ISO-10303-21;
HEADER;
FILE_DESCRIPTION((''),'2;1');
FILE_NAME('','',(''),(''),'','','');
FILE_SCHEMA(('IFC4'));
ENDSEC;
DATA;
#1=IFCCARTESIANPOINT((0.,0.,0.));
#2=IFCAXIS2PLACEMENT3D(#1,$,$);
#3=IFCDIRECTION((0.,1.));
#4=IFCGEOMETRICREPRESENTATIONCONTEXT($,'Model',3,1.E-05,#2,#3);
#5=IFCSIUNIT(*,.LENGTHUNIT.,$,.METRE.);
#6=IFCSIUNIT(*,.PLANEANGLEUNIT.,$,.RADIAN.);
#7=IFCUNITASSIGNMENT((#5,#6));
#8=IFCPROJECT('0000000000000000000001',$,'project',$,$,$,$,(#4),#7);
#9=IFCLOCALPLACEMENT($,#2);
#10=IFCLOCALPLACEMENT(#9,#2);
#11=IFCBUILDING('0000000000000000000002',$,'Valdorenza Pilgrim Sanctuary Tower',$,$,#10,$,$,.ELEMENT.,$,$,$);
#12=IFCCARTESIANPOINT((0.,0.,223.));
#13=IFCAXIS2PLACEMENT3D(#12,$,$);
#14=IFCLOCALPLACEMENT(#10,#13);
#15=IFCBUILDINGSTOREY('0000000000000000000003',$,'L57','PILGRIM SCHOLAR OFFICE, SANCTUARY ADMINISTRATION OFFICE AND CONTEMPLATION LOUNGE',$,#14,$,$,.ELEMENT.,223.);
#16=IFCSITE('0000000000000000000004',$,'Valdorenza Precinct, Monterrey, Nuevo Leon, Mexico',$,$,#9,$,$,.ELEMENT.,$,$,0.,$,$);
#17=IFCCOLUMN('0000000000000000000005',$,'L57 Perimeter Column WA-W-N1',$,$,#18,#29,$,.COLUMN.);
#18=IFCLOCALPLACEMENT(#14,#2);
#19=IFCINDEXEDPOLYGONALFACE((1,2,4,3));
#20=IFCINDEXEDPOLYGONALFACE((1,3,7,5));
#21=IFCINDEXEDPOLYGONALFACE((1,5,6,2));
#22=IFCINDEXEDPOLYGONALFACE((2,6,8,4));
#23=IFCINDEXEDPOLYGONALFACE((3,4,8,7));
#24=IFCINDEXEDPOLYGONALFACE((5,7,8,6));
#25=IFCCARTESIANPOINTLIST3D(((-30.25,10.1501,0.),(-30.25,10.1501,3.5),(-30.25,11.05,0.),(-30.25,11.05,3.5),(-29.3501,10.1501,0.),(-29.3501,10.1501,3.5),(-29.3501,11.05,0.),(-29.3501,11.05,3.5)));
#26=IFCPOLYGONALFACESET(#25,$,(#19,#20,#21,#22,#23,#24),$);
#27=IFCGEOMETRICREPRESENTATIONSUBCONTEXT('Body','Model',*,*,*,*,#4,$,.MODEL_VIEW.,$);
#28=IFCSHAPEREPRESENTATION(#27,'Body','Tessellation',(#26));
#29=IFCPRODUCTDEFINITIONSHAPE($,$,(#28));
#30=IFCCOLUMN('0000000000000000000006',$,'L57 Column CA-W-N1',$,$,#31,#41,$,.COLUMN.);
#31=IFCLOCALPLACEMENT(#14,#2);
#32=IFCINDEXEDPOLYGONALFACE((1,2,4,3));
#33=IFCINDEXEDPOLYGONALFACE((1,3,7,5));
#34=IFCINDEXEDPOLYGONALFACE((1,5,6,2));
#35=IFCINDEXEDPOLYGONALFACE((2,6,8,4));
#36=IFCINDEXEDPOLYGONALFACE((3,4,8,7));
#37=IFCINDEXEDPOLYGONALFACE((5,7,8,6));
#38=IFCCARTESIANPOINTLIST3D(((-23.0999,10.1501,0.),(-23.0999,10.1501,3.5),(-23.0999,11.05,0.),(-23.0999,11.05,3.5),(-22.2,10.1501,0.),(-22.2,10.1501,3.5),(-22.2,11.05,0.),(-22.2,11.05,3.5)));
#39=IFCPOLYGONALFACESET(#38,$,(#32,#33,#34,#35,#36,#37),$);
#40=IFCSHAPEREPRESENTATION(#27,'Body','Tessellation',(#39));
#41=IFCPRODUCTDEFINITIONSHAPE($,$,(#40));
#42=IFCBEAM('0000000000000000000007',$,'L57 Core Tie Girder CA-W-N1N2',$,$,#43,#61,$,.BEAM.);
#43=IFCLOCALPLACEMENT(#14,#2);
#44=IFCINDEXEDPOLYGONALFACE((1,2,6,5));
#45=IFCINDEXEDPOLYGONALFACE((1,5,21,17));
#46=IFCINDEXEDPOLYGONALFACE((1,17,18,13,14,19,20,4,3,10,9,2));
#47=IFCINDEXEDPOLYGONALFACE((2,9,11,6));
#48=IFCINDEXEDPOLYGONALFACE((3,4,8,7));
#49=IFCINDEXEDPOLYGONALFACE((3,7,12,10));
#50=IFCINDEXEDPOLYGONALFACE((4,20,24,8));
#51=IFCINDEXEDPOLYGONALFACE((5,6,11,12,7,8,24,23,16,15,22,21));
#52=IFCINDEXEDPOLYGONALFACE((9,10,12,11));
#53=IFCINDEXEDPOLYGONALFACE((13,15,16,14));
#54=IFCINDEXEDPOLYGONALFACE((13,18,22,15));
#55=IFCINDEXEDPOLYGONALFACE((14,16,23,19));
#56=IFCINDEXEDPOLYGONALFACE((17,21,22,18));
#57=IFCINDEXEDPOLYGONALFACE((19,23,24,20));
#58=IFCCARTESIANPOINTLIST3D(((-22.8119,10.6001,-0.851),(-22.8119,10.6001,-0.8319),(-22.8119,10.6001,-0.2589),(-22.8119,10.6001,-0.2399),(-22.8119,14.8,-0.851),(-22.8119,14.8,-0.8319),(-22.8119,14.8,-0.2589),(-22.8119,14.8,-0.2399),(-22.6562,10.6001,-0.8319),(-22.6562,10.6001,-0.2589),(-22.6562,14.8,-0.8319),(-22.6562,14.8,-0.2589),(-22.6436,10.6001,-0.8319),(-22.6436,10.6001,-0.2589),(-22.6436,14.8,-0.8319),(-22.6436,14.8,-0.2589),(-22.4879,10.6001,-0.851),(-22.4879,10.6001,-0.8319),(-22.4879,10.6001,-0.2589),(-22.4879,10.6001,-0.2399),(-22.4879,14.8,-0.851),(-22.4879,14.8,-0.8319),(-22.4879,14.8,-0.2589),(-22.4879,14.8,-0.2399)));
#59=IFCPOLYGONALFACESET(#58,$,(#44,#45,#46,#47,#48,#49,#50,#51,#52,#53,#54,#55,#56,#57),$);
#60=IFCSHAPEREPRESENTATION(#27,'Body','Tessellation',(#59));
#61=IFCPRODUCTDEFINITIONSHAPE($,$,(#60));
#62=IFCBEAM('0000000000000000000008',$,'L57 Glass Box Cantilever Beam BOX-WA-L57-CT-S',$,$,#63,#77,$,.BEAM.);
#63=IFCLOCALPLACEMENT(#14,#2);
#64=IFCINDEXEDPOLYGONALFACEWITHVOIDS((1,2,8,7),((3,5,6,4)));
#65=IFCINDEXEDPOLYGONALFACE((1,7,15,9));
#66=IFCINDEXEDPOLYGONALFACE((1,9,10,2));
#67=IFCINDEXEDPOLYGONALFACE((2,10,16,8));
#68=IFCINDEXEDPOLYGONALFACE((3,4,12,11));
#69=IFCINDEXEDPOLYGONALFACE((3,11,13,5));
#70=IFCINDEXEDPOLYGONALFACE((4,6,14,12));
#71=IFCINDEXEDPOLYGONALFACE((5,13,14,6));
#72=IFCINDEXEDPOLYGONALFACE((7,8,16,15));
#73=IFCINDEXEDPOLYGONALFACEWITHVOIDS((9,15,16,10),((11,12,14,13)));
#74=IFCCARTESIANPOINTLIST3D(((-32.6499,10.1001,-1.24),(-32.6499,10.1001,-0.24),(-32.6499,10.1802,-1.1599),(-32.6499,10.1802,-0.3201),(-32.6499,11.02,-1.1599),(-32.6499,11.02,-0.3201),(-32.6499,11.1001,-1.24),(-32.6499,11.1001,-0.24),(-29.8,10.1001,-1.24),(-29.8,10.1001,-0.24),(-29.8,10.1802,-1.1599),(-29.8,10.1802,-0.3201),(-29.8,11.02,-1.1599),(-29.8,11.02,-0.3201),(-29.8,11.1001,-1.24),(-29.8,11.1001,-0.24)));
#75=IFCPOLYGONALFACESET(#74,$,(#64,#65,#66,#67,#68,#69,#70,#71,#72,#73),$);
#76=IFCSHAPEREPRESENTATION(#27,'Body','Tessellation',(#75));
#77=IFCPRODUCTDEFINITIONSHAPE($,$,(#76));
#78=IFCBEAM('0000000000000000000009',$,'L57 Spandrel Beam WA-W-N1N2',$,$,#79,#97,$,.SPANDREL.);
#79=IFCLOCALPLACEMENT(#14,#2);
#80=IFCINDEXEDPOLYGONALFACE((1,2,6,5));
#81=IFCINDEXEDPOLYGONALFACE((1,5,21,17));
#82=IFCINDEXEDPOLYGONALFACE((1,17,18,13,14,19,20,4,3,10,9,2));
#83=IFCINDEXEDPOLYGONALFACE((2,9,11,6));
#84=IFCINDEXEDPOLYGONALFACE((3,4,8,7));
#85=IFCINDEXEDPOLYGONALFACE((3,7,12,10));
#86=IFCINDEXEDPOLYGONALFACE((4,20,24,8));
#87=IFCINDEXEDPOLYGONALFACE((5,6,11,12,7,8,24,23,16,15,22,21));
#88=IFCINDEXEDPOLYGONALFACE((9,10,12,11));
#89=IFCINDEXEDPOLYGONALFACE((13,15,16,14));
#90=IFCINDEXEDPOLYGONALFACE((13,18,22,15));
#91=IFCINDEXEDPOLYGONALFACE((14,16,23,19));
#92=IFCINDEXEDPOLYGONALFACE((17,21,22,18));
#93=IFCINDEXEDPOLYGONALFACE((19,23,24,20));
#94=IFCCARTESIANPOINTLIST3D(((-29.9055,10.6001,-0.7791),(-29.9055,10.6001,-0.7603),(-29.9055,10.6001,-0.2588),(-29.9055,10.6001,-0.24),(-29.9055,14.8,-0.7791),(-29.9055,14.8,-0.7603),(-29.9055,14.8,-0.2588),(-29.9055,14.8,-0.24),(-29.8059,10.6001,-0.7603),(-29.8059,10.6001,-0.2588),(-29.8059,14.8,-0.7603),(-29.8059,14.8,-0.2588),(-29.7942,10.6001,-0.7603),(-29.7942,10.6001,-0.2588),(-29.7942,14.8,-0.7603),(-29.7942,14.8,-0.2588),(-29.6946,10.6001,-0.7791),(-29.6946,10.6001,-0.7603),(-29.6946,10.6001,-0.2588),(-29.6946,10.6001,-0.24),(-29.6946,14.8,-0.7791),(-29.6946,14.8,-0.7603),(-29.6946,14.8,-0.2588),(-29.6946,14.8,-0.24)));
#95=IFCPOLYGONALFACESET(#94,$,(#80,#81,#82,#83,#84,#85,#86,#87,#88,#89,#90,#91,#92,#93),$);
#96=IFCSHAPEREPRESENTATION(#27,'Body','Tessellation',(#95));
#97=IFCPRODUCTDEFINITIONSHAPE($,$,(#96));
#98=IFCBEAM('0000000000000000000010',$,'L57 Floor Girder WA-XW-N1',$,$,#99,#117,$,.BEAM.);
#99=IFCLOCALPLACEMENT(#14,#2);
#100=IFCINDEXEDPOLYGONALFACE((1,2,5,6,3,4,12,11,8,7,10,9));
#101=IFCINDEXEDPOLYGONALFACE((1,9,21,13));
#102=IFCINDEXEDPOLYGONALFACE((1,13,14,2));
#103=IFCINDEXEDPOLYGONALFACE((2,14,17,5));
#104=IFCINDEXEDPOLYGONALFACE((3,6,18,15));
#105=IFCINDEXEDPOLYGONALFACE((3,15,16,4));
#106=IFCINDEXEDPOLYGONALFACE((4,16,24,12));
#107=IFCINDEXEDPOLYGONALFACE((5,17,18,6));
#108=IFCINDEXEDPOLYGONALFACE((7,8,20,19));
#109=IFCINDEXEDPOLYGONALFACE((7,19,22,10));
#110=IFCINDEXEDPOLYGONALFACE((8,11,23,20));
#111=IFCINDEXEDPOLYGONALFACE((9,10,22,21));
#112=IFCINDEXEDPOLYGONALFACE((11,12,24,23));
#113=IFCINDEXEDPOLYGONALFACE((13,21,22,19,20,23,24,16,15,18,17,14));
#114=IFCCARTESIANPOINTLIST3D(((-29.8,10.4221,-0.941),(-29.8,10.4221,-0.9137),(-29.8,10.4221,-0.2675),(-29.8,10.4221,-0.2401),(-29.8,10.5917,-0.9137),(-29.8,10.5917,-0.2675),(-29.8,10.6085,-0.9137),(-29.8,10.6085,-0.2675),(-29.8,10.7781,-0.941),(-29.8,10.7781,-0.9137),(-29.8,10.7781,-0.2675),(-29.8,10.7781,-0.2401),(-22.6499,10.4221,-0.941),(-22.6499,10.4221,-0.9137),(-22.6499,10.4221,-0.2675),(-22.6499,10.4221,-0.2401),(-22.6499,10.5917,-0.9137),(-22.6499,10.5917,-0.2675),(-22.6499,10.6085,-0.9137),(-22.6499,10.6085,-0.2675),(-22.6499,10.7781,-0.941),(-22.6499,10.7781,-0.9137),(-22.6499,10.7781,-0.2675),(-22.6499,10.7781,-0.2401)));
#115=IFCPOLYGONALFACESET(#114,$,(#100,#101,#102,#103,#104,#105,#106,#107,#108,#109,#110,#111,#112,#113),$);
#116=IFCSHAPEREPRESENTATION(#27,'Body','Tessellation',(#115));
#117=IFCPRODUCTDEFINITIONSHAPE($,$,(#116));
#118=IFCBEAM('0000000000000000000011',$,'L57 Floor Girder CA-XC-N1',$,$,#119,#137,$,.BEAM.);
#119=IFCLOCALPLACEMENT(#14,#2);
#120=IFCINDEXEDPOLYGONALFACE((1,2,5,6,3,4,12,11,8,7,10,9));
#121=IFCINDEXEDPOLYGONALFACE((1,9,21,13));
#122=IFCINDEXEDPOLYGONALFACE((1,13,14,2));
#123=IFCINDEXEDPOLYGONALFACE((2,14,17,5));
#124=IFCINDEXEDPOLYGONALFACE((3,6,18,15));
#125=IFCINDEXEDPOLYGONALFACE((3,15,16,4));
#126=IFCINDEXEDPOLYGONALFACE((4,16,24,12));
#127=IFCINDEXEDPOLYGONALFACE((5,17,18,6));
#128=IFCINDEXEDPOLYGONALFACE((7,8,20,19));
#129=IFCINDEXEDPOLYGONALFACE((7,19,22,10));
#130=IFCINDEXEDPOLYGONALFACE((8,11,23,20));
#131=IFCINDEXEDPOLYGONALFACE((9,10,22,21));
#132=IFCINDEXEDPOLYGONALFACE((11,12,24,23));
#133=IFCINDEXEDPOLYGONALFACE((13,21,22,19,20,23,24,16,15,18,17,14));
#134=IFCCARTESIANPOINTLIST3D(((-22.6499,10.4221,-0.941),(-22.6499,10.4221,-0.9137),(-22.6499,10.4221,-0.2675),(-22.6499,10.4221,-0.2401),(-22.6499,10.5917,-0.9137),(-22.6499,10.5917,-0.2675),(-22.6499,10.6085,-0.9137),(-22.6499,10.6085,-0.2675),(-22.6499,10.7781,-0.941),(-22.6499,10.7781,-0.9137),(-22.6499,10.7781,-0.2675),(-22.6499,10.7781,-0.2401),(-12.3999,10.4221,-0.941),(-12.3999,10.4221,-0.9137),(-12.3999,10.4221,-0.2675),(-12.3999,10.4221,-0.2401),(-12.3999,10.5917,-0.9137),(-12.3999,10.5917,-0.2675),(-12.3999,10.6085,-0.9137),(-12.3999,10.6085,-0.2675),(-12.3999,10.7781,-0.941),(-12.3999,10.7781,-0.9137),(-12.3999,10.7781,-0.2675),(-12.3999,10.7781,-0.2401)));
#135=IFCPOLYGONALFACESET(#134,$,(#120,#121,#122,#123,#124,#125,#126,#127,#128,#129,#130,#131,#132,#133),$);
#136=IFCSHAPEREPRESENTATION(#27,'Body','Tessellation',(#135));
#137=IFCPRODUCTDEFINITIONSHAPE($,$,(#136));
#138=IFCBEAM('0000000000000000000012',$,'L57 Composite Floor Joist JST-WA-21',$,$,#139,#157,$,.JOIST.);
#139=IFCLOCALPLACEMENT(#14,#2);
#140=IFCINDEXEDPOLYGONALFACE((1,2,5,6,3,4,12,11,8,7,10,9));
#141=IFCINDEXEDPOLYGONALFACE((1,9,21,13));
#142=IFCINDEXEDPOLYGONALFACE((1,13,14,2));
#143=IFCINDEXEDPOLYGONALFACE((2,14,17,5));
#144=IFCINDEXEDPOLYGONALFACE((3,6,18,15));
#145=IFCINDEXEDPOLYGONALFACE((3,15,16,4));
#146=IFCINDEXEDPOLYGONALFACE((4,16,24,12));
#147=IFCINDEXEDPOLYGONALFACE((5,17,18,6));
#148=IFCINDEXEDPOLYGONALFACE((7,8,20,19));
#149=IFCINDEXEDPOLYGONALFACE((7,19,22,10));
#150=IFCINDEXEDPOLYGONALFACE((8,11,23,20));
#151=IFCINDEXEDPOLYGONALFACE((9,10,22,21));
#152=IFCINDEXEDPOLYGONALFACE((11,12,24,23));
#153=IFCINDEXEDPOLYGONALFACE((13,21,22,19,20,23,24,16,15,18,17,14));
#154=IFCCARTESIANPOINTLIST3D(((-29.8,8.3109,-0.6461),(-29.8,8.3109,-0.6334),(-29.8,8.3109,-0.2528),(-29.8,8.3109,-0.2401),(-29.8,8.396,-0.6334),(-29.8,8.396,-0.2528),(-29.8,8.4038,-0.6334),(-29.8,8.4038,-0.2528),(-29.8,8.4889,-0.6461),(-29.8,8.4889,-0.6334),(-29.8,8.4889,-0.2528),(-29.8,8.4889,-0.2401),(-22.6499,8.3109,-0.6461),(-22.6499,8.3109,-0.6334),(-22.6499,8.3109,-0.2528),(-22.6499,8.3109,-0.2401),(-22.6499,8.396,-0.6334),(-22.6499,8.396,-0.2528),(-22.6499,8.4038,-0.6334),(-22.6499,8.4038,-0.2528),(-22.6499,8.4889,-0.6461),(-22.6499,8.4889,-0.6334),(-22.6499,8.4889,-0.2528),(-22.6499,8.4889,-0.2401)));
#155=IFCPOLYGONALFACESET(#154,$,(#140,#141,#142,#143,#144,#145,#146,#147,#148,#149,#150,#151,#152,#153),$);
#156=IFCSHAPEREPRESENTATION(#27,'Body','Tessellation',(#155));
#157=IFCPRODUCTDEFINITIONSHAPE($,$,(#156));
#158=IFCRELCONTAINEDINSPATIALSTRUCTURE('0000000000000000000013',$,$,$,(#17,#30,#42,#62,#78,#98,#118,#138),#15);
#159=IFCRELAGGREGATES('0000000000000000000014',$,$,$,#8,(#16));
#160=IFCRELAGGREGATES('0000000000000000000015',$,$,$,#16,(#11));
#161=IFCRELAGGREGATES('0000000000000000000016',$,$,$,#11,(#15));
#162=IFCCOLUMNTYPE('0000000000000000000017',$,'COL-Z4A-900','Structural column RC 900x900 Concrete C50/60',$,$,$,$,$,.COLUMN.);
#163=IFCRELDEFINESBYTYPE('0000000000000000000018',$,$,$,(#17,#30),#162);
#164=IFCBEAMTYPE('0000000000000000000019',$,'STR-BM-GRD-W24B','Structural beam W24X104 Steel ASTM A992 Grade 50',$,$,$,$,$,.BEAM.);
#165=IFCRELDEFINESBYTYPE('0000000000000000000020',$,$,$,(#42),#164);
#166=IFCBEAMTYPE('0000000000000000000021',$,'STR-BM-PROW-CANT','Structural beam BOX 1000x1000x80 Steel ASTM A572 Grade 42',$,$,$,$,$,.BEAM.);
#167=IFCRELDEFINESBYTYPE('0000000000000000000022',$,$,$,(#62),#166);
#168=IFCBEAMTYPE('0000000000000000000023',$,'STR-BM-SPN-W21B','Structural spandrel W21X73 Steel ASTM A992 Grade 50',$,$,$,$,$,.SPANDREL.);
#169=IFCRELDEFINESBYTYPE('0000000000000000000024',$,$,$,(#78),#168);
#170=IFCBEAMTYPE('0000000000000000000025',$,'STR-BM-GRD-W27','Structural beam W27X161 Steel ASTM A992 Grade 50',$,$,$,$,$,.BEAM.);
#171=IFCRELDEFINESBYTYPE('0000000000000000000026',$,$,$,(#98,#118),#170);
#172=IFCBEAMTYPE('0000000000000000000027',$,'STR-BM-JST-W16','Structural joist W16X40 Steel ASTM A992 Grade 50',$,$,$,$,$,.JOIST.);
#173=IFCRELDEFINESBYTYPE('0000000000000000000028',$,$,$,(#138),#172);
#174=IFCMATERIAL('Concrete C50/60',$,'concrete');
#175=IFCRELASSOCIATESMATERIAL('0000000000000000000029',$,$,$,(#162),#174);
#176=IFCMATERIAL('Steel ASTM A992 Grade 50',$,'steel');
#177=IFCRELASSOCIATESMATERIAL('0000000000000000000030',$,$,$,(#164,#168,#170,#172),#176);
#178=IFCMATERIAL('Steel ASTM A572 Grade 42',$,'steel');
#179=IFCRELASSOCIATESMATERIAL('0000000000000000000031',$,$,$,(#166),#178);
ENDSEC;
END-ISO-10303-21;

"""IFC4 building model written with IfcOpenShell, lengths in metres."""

from ifc_helpers import new_model, si_unit, direction, frame, origin, origin_2d, place, context, subcontext, project, spatial, rectangle, hollow_rectangle, i_section, extrude, source, transform, mapped, material, material_profile, profile_set, type_object, element, save


model = new_model("IFC4")

# Units and contexts
model_context = context("Model", 3, precision=1e-05, world=origin(), true_north=direction((0.0, 1.0)))
body_context = subcontext(model_context, "Body", "Model", "MODEL_VIEW")
ifc_project = project(units=[si_unit("LENGTHUNIT", "METRE"), si_unit("PLANEANGLEUNIT", "RADIAN")], contexts=[model_context])

# Site, building, storey
site_placement = place(None, origin())
site = spatial("IfcSite", under=ifc_project, at=site_placement, Name="Valdorenza Precinct, Monterrey, Nuevo Leon, Mexico", CompositionType="ELEMENT", RefElevation=0.0)
building_placement = place(site_placement, origin())
building = spatial("IfcBuilding", under=site, at=building_placement, Name="Valdorenza Pilgrim Sanctuary Tower", CompositionType="ELEMENT")
storey_placement = place(building_placement, frame((0.0, 0.0, 223.0)))
storey = spatial("IfcBuildingStorey", under=building, at=storey_placement, Name="L57", Description="PILGRIM SCHOLAR OFFICE, SANCTUARY ADMINISTRATION OFFICE AND CONTEMPLATION LOUNGE", CompositionType="ELEMENT", Elevation=223.0)

# Columns
ifc_material_1 = material(Name="Concrete C50/60", Category="concrete")
ifc_material_profile_1 = material_profile(ifc_material_1, rectangle(XDim=0.8999, YDim=0.8999, at=origin_2d()), Name="RC 900x900")
ifc_profile_set_1 = profile_set([ifc_material_profile_1], Name="Concrete C50/60")
column_type = type_object("IfcColumnType", Name="COL-Z4A-900", Description="Structural column RC 900x900 Concrete C50/60", PredefinedType="COLUMN", material=ifc_profile_set_1)
shared_shape_1 = source(origin(), body_context, "Body", "SweptSolid", [
    extrude(rectangle(XDim=0.8999, YDim=0.8999, at=origin_2d()), origin(), (0.0, 0.0, 1.0), 3.5),
])
for number, where, z_axis, x_axis, name in (
    (1, (-29.8, 10.6001, 0.0), (0.0, 0.0, 1.0), (1.0, 0.0, 0.0), "L57 Perimeter Column WA-W-N1"),
    (2, (-22.6499, 10.6001, 0.0), (0.0, 0.0, 1.0), (1.0, 0.0, 0.0), "L57 Column CA-W-N1"),
):
    element("IfcColumn", number, at=place(storey_placement, frame(where, z_axis=z_axis, x_axis=x_axis)), inside=storey, type_object=column_type, Name=name, PredefinedType="COLUMN", context=body_context, shape_type="MappedRepresentation", body=[
        mapped(shared_shape_1, transform((0.0, 0.0, 0.0), x_axis=(1.0, 0.0, 0.0), y_axis=(0.0, 1.0, 0.0), z_axis=(0.0, 0.0, 1.0), scale=1.0)),
    ])

# Beams
ifc_material_2 = material(Name="Steel ASTM A992 Grade 50", Category="steel")
ifc_material_profile_2 = material_profile(ifc_material_2, i_section(OverallWidth=0.324, OverallDepth=0.6111, WebThickness=0.0127, FlangeThickness=0.019, at=origin_2d()), Name="W24X104")
ifc_profile_set_2 = profile_set([ifc_material_profile_2], Name="Steel ASTM A992 Grade 50")
beam_type_1 = type_object("IfcBeamType", Name="STR-BM-GRD-W24B", Description="Structural beam W24X104 Steel ASTM A992 Grade 50", PredefinedType="BEAM", material=ifc_profile_set_2)
shared_shape_2 = source(origin(), body_context, "Body", "SweptSolid", [
    extrude(i_section(OverallWidth=0.324, OverallDepth=0.6111, WebThickness=0.0127, FlangeThickness=0.019, at=origin_2d()), origin(), (0.0, 0.0, 1.0), 4.2),
])
beam_1_placement = place(storey_placement, frame((-22.6499, 10.6001, -0.5454), z_axis=(0.0, 1.0, 0.0), x_axis=(-1.0, 0.0, 0.0)))
element("IfcBeam", 3, at=beam_1_placement, inside=storey, type_object=beam_type_1, Name="L57 Core Tie Girder CA-W-N1N2", PredefinedType="BEAM", context=body_context, shape_type="MappedRepresentation", body=[
    mapped(shared_shape_2, transform((0.0, 0.0, 0.0), x_axis=(1.0, 0.0, 0.0), y_axis=(0.0, 1.0, 0.0), z_axis=(0.0, 0.0, 1.0), scale=1.0)),
])
ifc_material_3 = material(Name="Steel ASTM A572 Grade 42", Category="steel")
ifc_material_profile_3 = material_profile(ifc_material_3, hollow_rectangle(XDim=1.0, YDim=1.0, WallThickness=0.0801, at=origin_2d()), Name="BOX 1000x1000x80")
ifc_profile_set_3 = profile_set([ifc_material_profile_3], Name="Steel ASTM A572 Grade 42")
beam_type_2 = type_object("IfcBeamType", Name="STR-BM-PROW-CANT", Description="Structural beam BOX 1000x1000x80 Steel ASTM A572 Grade 42", PredefinedType="BEAM", material=ifc_profile_set_3)
shared_shape_3 = source(origin(), body_context, "Body", "SweptSolid", [
    extrude(hollow_rectangle(XDim=1.0, YDim=1.0, WallThickness=0.0801, at=origin_2d()), origin(), (0.0, 0.0, 1.0), 2.8499),
])
beam_2_placement = place(storey_placement, frame((-29.8, 10.6001, -0.74), z_axis=(-1.0, 0.0, 0.0), x_axis=(0.0, -1.0, 0.0)))
element("IfcBeam", 4, at=beam_2_placement, inside=storey, type_object=beam_type_2, Name="L57 Glass Box Cantilever Beam BOX-WA-L57-CT-S", PredefinedType="BEAM", context=body_context, shape_type="MappedRepresentation", body=[
    mapped(shared_shape_3, transform((0.0, 0.0, 0.0), x_axis=(1.0, 0.0, 0.0), y_axis=(0.0, 1.0, 0.0), z_axis=(0.0, 0.0, 1.0), scale=1.0)),
])
ifc_material_profile_4 = material_profile(ifc_material_2, i_section(OverallWidth=0.2109, OverallDepth=0.5391, WebThickness=0.0117, FlangeThickness=0.0188, at=origin_2d()), Name="W21X73")
ifc_profile_set_4 = profile_set([ifc_material_profile_4], Name="Steel ASTM A992 Grade 50")
beam_type_3 = type_object("IfcBeamType", Name="STR-BM-SPN-W21B", Description="Structural spandrel W21X73 Steel ASTM A992 Grade 50", PredefinedType="SPANDREL", material=ifc_profile_set_4)
shared_shape_4 = source(origin(), body_context, "Body", "SweptSolid", [
    extrude(i_section(OverallWidth=0.2109, OverallDepth=0.5391, WebThickness=0.0117, FlangeThickness=0.0188, at=origin_2d()), origin(), (0.0, 0.0, 1.0), 4.2),
])
beam_3_placement = place(storey_placement, frame((-29.8, 10.6001, -0.5095), z_axis=(0.0, 1.0, 0.0), x_axis=(-1.0, 0.0, 0.0)))
element("IfcBeam", 5, at=beam_3_placement, inside=storey, type_object=beam_type_3, Name="L57 Spandrel Beam WA-W-N1N2", PredefinedType="SPANDREL", context=body_context, shape_type="MappedRepresentation", body=[
    mapped(shared_shape_4, transform((0.0, 0.0, 0.0), x_axis=(1.0, 0.0, 0.0), y_axis=(0.0, 1.0, 0.0), z_axis=(0.0, 0.0, 1.0), scale=1.0)),
])
ifc_material_profile_5 = material_profile(ifc_material_2, i_section(OverallWidth=0.356, OverallDepth=0.7009, WebThickness=0.0168, FlangeThickness=0.0273, at=origin_2d()), Name="W27X161")
ifc_profile_set_5 = profile_set([ifc_material_profile_5], Name="Steel ASTM A992 Grade 50")
beam_type_4 = type_object("IfcBeamType", Name="STR-BM-GRD-W27", Description="Structural beam W27X161 Steel ASTM A992 Grade 50", PredefinedType="BEAM", material=ifc_profile_set_5)
shared_shape_5 = source(origin(), body_context, "Body", "SweptSolid", [
    extrude(i_section(OverallWidth=0.356, OverallDepth=0.7009, WebThickness=0.0168, FlangeThickness=0.0273, at=origin_2d()), origin(), (0.0, 0.0, 1.0), 7.1501),
])
beam_4_placement = place(storey_placement, frame((-29.8, 10.6001, -0.5906), z_axis=(1.0, 0.0, 0.0), x_axis=(0.0, 1.0, 0.0)))
element("IfcBeam", 6, at=beam_4_placement, inside=storey, type_object=beam_type_4, Name="L57 Floor Girder WA-XW-N1", PredefinedType="BEAM", context=body_context, shape_type="MappedRepresentation", body=[
    mapped(shared_shape_5, transform((0.0, 0.0, 0.0), x_axis=(1.0, 0.0, 0.0), y_axis=(0.0, 1.0, 0.0), z_axis=(0.0, 0.0, 1.0), scale=1.0)),
])
shared_shape_6 = source(origin(), body_context, "Body", "SweptSolid", [
    extrude(i_section(OverallWidth=0.356, OverallDepth=0.7009, WebThickness=0.0168, FlangeThickness=0.0273, at=origin_2d()), origin(), (0.0, 0.0, 1.0), 10.25),
])
beam_5_placement = place(storey_placement, frame((-22.6499, 10.6001, -0.5906), z_axis=(1.0, 0.0, 0.0), x_axis=(0.0, 1.0, 0.0)))
element("IfcBeam", 7, at=beam_5_placement, inside=storey, type_object=beam_type_4, Name="L57 Floor Girder CA-XC-N1", PredefinedType="BEAM", context=body_context, shape_type="MappedRepresentation", body=[
    mapped(shared_shape_6, transform((0.0, 0.0, 0.0), x_axis=(1.0, 0.0, 0.0), y_axis=(0.0, 1.0, 0.0), z_axis=(0.0, 0.0, 1.0), scale=1.0)),
])
ifc_material_profile_6 = material_profile(ifc_material_2, i_section(OverallWidth=0.178, OverallDepth=0.406, WebThickness=0.0078, FlangeThickness=0.0127, at=origin_2d()), Name="W16X40")
ifc_profile_set_6 = profile_set([ifc_material_profile_6], Name="Steel ASTM A992 Grade 50")
beam_type_5 = type_object("IfcBeamType", Name="STR-BM-JST-W16", Description="Structural joist W16X40 Steel ASTM A992 Grade 50", PredefinedType="JOIST", material=ifc_profile_set_6)
shared_shape_7 = source(origin(), body_context, "Body", "SweptSolid", [
    extrude(i_section(OverallWidth=0.178, OverallDepth=0.406, WebThickness=0.0078, FlangeThickness=0.0127, at=origin_2d()), origin(), (0.0, 0.0, 1.0), 7.1501),
])
for number, where, z_axis, x_axis, name in (
    (8, (-29.8, 8.3999, -0.4431), (1.0, 0.0, 0.0), (0.0, 1.0, 0.0), "L57 Composite Floor Joist JST-WA-21"),
):
    element("IfcBeam", number, at=place(storey_placement, frame(where, z_axis=z_axis, x_axis=x_axis)), inside=storey, type_object=beam_type_5, Name=name, PredefinedType="JOIST", context=body_context, shape_type="MappedRepresentation", body=[
        mapped(shared_shape_7, transform((0.0, 0.0, 0.0), x_axis=(1.0, 0.0, 0.0), y_axis=(0.0, 1.0, 0.0), z_axis=(0.0, 0.0, 1.0), scale=1.0)),
    ])

save(model, "model.ifc")
